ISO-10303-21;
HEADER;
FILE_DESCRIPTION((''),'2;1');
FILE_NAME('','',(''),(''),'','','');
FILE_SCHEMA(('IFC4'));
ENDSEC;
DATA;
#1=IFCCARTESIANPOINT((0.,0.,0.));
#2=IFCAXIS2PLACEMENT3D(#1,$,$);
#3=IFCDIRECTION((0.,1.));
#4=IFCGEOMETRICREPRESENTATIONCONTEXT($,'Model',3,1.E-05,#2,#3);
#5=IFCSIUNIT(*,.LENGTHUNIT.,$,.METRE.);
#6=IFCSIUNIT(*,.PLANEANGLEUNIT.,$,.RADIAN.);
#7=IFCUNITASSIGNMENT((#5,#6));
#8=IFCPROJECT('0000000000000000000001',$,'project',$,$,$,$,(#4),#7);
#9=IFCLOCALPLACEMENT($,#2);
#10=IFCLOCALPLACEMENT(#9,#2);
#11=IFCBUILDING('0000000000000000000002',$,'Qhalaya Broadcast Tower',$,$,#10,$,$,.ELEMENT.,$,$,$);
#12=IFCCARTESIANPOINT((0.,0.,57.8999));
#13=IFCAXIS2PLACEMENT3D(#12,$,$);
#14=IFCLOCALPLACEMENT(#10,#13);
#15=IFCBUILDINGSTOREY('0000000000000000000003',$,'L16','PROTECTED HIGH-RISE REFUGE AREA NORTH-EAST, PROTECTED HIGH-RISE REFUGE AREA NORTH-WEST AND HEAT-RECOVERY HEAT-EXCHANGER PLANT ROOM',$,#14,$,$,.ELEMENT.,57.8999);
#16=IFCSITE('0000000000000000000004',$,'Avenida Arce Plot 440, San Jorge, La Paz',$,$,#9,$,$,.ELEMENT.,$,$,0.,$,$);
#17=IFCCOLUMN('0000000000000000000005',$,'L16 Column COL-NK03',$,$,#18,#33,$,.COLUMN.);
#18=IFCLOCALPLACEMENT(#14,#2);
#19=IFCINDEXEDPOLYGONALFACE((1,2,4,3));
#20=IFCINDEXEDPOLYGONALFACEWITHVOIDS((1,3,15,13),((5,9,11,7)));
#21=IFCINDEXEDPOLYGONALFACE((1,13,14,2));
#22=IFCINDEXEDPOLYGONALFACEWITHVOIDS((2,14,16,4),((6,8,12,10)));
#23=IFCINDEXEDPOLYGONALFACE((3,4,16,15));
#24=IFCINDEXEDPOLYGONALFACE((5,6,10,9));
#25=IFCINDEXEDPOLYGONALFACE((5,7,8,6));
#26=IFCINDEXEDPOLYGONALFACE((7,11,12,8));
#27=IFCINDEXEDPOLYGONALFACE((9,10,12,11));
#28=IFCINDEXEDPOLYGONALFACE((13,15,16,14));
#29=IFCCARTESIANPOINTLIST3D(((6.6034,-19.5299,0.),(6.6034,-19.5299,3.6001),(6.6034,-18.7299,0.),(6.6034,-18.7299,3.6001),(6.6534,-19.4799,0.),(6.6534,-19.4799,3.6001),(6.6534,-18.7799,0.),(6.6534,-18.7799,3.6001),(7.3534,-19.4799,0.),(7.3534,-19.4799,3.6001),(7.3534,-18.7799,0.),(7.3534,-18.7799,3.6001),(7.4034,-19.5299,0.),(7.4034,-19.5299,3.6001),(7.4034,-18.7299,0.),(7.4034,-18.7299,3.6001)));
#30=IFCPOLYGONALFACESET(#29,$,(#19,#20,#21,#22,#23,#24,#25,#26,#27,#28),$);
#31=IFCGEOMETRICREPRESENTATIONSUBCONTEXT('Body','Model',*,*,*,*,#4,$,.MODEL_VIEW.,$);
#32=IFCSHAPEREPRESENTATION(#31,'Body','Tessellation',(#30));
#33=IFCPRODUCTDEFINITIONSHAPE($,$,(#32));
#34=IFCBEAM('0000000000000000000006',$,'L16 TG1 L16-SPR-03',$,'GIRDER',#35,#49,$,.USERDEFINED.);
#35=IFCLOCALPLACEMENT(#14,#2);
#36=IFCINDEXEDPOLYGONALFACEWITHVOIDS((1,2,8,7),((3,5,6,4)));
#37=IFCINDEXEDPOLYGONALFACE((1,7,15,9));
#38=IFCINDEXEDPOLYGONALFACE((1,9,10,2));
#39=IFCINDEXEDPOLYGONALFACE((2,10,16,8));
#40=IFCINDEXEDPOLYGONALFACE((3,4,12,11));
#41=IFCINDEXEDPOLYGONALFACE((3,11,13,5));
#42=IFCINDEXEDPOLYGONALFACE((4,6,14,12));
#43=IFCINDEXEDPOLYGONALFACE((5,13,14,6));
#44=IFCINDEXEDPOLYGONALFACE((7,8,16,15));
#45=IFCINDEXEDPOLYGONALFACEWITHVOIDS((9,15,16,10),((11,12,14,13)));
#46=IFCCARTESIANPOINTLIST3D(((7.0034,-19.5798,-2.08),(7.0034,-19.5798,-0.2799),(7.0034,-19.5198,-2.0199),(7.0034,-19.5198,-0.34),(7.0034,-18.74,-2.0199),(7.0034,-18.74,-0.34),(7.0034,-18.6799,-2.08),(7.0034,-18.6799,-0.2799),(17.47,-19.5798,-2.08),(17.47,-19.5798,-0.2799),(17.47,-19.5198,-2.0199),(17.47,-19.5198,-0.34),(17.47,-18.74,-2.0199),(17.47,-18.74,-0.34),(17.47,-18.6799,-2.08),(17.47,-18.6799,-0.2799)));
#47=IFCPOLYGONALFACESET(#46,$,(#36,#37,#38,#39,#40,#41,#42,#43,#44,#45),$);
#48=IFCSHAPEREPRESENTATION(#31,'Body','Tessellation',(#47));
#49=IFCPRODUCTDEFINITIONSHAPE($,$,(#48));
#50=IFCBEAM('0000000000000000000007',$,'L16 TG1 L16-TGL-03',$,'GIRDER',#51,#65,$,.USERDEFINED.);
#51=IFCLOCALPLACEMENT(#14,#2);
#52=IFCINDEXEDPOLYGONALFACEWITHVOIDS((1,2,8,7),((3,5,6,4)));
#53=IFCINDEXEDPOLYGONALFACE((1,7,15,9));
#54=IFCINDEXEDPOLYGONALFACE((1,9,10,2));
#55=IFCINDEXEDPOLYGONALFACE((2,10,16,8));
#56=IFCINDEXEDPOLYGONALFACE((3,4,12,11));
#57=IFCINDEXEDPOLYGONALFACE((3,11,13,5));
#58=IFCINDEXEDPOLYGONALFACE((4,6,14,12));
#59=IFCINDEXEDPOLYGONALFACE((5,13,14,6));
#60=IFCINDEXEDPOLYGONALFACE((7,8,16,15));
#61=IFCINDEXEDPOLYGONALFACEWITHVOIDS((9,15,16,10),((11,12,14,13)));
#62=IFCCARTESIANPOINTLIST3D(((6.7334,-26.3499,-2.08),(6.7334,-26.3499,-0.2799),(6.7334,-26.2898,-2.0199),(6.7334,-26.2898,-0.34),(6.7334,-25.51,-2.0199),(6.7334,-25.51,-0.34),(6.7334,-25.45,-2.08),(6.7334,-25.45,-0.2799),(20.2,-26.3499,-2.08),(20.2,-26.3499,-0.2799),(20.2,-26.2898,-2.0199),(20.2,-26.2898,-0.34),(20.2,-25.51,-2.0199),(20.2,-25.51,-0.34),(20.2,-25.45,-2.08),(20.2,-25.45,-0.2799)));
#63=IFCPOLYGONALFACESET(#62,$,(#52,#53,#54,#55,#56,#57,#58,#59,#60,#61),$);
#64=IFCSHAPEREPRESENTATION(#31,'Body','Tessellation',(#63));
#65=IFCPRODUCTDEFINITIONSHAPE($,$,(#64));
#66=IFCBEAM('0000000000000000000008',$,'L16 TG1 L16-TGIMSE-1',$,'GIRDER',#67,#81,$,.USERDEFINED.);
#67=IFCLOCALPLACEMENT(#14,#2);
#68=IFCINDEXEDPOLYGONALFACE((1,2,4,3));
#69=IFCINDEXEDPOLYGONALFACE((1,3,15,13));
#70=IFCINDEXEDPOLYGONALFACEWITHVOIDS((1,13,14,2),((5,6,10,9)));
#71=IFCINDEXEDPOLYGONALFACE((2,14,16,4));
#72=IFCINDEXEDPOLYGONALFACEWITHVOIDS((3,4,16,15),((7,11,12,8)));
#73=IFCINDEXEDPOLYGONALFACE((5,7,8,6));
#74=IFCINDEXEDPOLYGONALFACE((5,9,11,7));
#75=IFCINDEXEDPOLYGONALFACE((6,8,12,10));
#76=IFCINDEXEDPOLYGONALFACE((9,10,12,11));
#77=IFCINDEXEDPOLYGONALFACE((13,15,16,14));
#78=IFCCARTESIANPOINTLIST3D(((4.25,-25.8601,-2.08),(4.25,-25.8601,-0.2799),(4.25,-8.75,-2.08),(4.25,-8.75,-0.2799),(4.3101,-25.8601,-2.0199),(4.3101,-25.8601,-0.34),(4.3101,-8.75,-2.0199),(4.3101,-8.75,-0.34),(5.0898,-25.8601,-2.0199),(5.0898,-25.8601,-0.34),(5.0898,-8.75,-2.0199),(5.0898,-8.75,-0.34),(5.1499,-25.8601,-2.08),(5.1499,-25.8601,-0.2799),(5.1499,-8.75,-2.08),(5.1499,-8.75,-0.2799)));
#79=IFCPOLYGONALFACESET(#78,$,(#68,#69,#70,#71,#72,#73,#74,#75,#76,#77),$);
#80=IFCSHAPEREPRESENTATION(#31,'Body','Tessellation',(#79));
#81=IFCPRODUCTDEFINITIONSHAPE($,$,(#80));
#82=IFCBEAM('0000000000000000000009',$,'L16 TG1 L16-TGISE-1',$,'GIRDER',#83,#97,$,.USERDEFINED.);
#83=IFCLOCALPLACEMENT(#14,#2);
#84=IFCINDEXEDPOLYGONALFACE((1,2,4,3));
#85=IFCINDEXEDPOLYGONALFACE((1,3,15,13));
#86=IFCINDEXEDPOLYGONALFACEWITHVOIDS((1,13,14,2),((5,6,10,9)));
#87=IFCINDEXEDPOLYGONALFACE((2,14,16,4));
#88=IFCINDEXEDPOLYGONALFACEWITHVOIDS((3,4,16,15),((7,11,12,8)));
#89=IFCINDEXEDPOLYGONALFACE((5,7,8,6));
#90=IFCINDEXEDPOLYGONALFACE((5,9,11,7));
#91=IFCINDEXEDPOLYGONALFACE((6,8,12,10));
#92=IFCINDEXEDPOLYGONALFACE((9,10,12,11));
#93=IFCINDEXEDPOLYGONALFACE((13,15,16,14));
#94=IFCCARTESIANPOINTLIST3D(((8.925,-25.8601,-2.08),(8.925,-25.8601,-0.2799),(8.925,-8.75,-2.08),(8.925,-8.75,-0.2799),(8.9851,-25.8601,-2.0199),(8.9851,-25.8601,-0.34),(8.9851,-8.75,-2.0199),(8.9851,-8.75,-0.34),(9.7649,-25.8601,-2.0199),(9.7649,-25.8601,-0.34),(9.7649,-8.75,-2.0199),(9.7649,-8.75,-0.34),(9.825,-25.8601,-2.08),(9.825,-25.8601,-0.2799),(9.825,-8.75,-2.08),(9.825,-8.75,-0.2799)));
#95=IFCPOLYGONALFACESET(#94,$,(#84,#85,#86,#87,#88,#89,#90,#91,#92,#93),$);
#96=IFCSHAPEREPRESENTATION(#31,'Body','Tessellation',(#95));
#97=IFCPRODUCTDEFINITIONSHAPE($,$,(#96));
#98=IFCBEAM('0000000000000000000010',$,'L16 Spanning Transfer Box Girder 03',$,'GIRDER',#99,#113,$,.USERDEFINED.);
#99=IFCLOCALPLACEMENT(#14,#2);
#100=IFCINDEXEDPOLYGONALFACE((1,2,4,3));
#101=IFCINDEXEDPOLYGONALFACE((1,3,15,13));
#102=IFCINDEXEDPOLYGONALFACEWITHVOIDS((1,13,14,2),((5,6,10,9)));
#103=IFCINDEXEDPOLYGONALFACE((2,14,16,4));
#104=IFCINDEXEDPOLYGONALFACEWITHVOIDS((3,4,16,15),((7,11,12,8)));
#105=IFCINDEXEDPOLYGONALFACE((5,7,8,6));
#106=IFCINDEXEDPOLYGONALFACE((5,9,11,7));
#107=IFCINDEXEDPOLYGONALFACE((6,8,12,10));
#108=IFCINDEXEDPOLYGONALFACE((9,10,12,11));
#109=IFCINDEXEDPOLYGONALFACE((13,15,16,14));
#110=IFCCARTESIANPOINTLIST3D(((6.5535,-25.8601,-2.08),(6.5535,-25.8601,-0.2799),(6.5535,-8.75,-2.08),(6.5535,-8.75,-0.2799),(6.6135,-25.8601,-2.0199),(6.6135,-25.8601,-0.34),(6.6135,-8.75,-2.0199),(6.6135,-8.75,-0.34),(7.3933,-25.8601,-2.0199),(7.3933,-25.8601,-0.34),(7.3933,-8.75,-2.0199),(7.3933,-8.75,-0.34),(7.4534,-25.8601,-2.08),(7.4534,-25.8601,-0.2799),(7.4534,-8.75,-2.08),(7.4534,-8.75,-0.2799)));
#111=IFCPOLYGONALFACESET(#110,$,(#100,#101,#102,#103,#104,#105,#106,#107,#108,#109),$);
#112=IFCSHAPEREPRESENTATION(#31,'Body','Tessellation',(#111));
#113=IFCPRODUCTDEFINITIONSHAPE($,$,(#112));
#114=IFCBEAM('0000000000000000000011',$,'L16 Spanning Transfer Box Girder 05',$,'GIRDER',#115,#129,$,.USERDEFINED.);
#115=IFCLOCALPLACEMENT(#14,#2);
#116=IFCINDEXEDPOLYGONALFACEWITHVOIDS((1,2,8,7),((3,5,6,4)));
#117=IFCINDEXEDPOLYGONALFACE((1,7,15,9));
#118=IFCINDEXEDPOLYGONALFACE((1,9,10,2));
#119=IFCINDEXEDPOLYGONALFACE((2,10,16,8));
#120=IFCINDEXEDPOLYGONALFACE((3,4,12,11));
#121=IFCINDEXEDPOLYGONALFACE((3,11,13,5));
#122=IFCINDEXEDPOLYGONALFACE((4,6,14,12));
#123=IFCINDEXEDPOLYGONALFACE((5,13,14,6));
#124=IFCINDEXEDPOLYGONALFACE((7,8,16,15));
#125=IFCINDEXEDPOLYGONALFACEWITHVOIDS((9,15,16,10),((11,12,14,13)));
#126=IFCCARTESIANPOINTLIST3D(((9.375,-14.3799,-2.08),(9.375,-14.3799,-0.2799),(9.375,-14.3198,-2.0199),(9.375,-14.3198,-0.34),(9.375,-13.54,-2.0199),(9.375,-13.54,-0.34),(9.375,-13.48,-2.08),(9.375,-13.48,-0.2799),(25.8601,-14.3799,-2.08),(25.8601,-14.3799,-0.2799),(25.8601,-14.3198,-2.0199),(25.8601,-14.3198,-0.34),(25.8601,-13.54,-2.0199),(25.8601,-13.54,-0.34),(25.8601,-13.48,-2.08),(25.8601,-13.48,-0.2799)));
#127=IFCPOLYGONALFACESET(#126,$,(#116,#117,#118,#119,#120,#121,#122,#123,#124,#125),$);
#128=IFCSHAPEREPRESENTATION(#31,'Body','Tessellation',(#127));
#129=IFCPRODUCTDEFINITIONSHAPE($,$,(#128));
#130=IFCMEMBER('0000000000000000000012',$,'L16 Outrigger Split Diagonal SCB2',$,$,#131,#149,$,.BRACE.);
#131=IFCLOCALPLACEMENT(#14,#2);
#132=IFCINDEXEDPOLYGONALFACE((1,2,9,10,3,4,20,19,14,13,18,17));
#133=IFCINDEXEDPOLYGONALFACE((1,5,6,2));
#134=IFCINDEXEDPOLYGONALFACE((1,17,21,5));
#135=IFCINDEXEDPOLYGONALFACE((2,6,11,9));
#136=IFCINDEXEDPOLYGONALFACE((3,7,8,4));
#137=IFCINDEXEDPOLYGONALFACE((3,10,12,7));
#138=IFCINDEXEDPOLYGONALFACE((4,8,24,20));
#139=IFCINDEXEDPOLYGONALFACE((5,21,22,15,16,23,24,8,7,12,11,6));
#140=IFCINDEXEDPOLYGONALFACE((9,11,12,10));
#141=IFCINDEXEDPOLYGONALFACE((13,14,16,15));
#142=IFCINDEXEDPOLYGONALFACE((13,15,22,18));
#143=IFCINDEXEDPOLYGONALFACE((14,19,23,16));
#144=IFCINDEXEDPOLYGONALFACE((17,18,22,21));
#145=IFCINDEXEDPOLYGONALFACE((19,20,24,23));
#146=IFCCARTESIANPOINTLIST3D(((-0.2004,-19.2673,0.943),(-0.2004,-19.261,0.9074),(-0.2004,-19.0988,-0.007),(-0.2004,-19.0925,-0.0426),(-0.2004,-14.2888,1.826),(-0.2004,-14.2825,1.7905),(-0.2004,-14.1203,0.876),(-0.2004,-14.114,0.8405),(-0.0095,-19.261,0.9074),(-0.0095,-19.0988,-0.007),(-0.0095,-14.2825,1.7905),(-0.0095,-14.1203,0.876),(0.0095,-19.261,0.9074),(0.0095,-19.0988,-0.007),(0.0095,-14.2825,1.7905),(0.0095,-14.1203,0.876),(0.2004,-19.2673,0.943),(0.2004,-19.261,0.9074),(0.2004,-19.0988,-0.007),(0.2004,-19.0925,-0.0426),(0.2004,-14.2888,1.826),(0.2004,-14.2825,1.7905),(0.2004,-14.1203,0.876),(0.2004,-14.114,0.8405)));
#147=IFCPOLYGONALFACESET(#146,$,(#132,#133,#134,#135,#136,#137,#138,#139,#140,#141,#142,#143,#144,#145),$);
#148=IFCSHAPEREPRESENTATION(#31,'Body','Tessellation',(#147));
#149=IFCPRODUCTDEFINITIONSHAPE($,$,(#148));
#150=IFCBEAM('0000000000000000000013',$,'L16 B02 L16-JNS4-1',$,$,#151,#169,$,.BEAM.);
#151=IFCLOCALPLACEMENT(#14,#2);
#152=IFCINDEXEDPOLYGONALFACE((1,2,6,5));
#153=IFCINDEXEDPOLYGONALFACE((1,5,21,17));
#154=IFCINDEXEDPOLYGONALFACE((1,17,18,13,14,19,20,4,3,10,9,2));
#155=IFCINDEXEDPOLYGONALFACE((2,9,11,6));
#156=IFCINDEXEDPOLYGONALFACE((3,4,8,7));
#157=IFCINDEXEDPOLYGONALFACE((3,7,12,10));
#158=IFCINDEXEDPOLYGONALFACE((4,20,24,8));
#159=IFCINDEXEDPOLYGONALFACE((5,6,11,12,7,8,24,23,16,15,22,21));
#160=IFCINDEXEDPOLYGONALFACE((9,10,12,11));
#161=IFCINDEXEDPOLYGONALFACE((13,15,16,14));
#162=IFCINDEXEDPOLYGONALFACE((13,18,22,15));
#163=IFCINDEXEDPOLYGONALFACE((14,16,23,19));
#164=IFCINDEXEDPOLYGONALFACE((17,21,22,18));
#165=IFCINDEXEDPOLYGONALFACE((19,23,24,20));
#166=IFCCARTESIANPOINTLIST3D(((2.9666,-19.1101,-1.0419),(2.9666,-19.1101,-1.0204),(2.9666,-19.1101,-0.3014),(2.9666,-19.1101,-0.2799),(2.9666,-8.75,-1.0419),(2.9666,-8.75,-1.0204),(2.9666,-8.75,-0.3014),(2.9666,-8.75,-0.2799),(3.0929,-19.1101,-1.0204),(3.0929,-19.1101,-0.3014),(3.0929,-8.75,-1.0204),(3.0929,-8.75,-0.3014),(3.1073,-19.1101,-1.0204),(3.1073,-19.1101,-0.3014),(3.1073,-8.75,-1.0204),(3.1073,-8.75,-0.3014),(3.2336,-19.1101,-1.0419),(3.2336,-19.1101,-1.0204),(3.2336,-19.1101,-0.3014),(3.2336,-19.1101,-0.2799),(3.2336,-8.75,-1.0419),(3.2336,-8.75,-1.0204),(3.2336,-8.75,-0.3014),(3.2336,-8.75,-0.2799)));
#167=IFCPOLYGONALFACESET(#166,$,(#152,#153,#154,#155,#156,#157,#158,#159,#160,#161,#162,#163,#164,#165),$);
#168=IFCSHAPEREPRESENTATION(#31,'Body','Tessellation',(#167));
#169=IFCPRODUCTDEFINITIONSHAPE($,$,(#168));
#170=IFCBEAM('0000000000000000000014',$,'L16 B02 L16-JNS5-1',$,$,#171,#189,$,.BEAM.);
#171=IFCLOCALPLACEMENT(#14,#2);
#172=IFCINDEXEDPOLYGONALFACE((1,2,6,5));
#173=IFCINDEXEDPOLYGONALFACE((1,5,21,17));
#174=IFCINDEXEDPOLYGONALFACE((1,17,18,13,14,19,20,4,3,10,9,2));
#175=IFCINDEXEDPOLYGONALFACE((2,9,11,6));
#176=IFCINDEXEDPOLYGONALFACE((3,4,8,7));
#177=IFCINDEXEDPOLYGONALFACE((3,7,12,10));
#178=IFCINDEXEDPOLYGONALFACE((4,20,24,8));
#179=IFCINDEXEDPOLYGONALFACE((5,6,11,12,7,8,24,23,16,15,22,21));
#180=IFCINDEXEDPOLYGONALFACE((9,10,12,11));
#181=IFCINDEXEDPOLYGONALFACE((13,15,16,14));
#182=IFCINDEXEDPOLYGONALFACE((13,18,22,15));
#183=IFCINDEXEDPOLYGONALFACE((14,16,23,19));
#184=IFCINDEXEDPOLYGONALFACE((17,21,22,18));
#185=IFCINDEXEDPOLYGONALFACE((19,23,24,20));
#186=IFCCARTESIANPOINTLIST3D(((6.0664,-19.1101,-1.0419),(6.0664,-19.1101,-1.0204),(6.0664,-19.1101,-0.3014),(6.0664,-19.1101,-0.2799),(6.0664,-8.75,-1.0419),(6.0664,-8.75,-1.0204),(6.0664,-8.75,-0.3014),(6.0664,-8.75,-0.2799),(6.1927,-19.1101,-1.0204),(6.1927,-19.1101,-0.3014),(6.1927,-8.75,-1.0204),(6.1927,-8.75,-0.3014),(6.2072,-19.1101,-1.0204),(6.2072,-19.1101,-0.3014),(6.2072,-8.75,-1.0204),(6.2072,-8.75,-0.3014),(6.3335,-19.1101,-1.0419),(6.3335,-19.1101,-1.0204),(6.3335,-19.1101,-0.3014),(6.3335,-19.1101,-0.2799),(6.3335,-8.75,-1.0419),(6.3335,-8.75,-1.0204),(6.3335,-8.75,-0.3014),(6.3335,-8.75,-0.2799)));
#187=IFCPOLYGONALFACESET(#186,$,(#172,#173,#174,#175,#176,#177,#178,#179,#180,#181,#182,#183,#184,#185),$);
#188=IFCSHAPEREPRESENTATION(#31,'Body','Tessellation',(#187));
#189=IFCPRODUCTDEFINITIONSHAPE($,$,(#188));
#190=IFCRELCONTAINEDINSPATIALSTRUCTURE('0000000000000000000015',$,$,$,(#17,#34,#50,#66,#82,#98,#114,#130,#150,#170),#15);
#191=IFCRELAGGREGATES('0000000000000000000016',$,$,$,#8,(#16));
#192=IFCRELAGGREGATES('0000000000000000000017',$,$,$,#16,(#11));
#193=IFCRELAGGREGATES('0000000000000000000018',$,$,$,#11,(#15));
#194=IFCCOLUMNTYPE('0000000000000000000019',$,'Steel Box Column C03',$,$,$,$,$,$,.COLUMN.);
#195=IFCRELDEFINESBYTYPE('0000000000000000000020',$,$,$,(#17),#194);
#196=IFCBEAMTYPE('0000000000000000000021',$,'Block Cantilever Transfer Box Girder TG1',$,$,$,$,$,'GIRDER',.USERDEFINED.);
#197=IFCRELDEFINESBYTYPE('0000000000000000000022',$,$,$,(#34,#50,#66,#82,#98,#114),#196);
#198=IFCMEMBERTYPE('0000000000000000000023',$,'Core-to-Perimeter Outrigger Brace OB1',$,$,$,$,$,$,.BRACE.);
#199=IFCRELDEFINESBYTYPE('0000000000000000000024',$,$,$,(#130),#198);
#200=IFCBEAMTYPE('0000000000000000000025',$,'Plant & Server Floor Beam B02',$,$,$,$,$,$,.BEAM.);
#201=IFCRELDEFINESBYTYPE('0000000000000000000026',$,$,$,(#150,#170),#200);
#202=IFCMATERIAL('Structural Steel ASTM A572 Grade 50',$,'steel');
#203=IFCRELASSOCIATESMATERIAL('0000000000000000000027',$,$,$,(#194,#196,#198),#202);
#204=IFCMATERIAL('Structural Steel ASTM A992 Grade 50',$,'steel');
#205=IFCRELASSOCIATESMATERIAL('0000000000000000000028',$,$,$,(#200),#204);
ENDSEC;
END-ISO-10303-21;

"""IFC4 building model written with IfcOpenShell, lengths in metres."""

from ifc_helpers import new_model, si_unit, direction, frame, origin, origin_2d, place, context, subcontext, project, spatial, hollow_rectangle, i_section, extrude, material, material_profile, profile_set, type_object, element, save


model = new_model("IFC4")

# Units and contexts
model_context = context("Model", 3, precision=1e-05, world=origin(), true_north=direction((0.0, 1.0)))
body_context = subcontext(model_context, "Body", "Model", "MODEL_VIEW")
ifc_project = project(units=[si_unit("LENGTHUNIT", "METRE"), si_unit("PLANEANGLEUNIT", "RADIAN")], contexts=[model_context])

# Site, building, storey
site_placement = place(None, origin())
site = spatial("IfcSite", under=ifc_project, at=site_placement, Name="Avenida Arce Plot 440, San Jorge, La Paz", CompositionType="ELEMENT", RefElevation=0.0)
building_placement = place(site_placement, origin())
building = spatial("IfcBuilding", under=site, at=building_placement, Name="Qhalaya Broadcast Tower", CompositionType="ELEMENT")
storey_placement = place(building_placement, frame((0.0, 0.0, 57.8999)))
storey = spatial("IfcBuildingStorey", under=building, at=storey_placement, Name="L16", Description="PROTECTED HIGH-RISE REFUGE AREA NORTH-EAST, PROTECTED HIGH-RISE REFUGE AREA NORTH-WEST AND HEAT-RECOVERY HEAT-EXCHANGER PLANT ROOM", CompositionType="ELEMENT", Elevation=57.8999)

# Column
ifc_material_1 = material(Name="Structural Steel ASTM A572 Grade 50", Category="steel")
ifc_material_profile_1 = material_profile(ifc_material_1, hollow_rectangle(XDim=0.8, YDim=0.8, WallThickness=0.05, at=origin_2d()), Name="BOX 800x800x50")
ifc_profile_set_1 = profile_set([ifc_material_profile_1], Name="Structural Steel ASTM A572 Grade 50")
column_type = type_object("IfcColumnType", Name="Steel Box Column C03", PredefinedType="COLUMN", material=ifc_profile_set_1)
column_placement = place(storey_placement, frame((7.0034, -19.1299, 0.0), z_axis=(0.0, 0.0, 1.0), x_axis=(1.0, 0.0, 0.0)))
element("IfcColumn", 1, at=column_placement, inside=storey, type_object=column_type, Name="L16 Column COL-NK03", PredefinedType="COLUMN", context=body_context, shape_type="SweptSolid", body=[
    extrude(hollow_rectangle(XDim=0.8, YDim=0.8, WallThickness=0.05, at=origin_2d()), origin(), (0.0, 0.0, 1.0), 3.6001),
])

# Beams
ifc_material_profile_2 = material_profile(ifc_material_1, hollow_rectangle(XDim=0.8999, YDim=1.8, WallThickness=0.0601, at=origin_2d()), Name="BOX 900x1800x60")
ifc_profile_set_2 = profile_set([ifc_material_profile_2], Name="Structural Steel ASTM A572 Grade 50")
beam_type_1 = type_object("IfcBeamType", Name="Block Cantilever Transfer Box Girder TG1", ElementType="GIRDER", PredefinedType="USERDEFINED", material=ifc_profile_set_2)
beam_1_placement = place(storey_placement, frame((7.0034, -19.1299, -1.1799), z_axis=(1.0, 0.0, 0.0), x_axis=(0.0, 1.0, 0.0)))
element("IfcBeam", 2, at=beam_1_placement, inside=storey, type_object=beam_type_1, Name="L16 TG1 L16-SPR-03", ObjectType="GIRDER", PredefinedType="USERDEFINED", context=body_context, shape_type="SweptSolid", body=[
    extrude(hollow_rectangle(XDim=0.8999, YDim=1.8, WallThickness=0.0601, at=origin_2d()), origin(), (0.0, 0.0, 1.0), 10.4666),
])
beam_2_placement = place(storey_placement, frame((6.7334, -25.8999, -1.1799), z_axis=(1.0, 0.0, 0.0), x_axis=(0.0, 1.0, 0.0)))
element("IfcBeam", 3, at=beam_2_placement, inside=storey, type_object=beam_type_1, Name="L16 TG1 L16-TGL-03", ObjectType="GIRDER", PredefinedType="USERDEFINED", context=body_context, shape_type="SweptSolid", body=[
    extrude(hollow_rectangle(XDim=0.8999, YDim=1.8, WallThickness=0.0601, at=origin_2d()), origin(), (0.0, 0.0, 1.0), 13.4666),
])
for number, where, z_axis, x_axis, name in (
    (4, (4.7, -25.8601, -1.1799), (0.0, 1.0, 0.0), (-1.0, 0.0, 0.0), "L16 TG1 L16-TGIMSE-1"),
    (5, (9.375, -25.8601, -1.1799), (0.0, 1.0, 0.0), (-1.0, 0.0, 0.0), "L16 TG1 L16-TGISE-1"),
    (6, (7.0034, -25.8601, -1.1799), (0.0, 1.0, 0.0), (-1.0, 0.0, 0.0), "L16 Spanning Transfer Box Girder 03"),
):
    element("IfcBeam", number, at=place(storey_placement, frame(where, z_axis=z_axis, x_axis=x_axis)), inside=storey, type_object=beam_type_1, Name=name, ObjectType="GIRDER", PredefinedType="USERDEFINED", context=body_context, shape_type="SweptSolid", body=[
        extrude(hollow_rectangle(XDim=0.8999, YDim=1.8, WallThickness=0.0601, at=origin_2d()), origin(), (0.0, 0.0, 1.0), 17.1101),
    ])
beam_3_placement = place(storey_placement, frame((9.375, -13.9299, -1.1799), z_axis=(1.0, 0.0, 0.0), x_axis=(0.0, 1.0, 0.0)))
element("IfcBeam", 7, at=beam_3_placement, inside=storey, type_object=beam_type_1, Name="L16 Spanning Transfer Box Girder 05", ObjectType="GIRDER", PredefinedType="USERDEFINED", context=body_context, shape_type="SweptSolid", body=[
    extrude(hollow_rectangle(XDim=0.8999, YDim=1.8, WallThickness=0.0601, at=origin_2d()), origin(), (0.0, 0.0, 1.0), 16.4851),
])

# Member
ifc_material_profile_3 = material_profile(ifc_material_1, i_section(OverallWidth=0.4009, OverallDepth=1.001, WebThickness=0.019, FlangeThickness=0.0361, at=origin_2d()), Name="W40X249")
ifc_profile_set_3 = profile_set([ifc_material_profile_3], Name="Structural Steel ASTM A572 Grade 50")
member_type = type_object("IfcMemberType", Name="Core-to-Perimeter Outrigger Brace OB1", PredefinedType="BRACE", material=ifc_profile_set_3)
member_placement = place(storey_placement, frame((0.0, -14.2014, 1.3333), z_axis=(0.0, -0.984631, -0.174647), x_axis=(1.0, 0.0, 0.0)))
element("IfcMember", 8, at=member_placement, inside=storey, type_object=member_type, Name="L16 Outrigger Split Diagonal SCB2", PredefinedType="BRACE", context=body_context, shape_type="SweptSolid", body=[
    extrude(i_section(OverallWidth=0.4009, OverallDepth=1.001, WebThickness=0.019, FlangeThickness=0.0361, at=origin_2d()), origin(), (0.0, 0.0, 1.0), 5.0562),
])

# Beams
ifc_material_2 = material(Name="Structural Steel ASTM A992 Grade 50", Category="steel")
ifc_material_profile_4 = material_profile(ifc_material_2, i_section(OverallWidth=0.2671, OverallDepth=0.762, WebThickness=0.0144, FlangeThickness=0.0215, at=origin_2d()), Name="W30X116")
ifc_profile_set_4 = profile_set([ifc_material_profile_4], Name="Structural Steel ASTM A992 Grade 50")
beam_type_2 = type_object("IfcBeamType", Name="Plant & Server Floor Beam B02", PredefinedType="BEAM", material=ifc_profile_set_4)
for number, where, z_axis, x_axis, name in (
    (9, (3.1001, -19.1101, -0.6609), (0.0, 1.0, 0.0), (-1.0, 0.0, 0.0), "L16 B02 L16-JNS4-1"),
    (10, (6.2, -19.1101, -0.6609), (0.0, 1.0, 0.0), (-1.0, 0.0, 0.0), "L16 B02 L16-JNS5-1"),
):
    element("IfcBeam", number, at=place(storey_placement, frame(where, z_axis=z_axis, x_axis=x_axis)), inside=storey, type_object=beam_type_2, Name=name, PredefinedType="BEAM", context=body_context, shape_type="SweptSolid", body=[
        extrude(i_section(OverallWidth=0.2671, OverallDepth=0.762, WebThickness=0.0144, FlangeThickness=0.0215, at=origin_2d()), origin(), (0.0, 0.0, 1.0), 10.3601),
    ])

save(model, "model.ifc")
